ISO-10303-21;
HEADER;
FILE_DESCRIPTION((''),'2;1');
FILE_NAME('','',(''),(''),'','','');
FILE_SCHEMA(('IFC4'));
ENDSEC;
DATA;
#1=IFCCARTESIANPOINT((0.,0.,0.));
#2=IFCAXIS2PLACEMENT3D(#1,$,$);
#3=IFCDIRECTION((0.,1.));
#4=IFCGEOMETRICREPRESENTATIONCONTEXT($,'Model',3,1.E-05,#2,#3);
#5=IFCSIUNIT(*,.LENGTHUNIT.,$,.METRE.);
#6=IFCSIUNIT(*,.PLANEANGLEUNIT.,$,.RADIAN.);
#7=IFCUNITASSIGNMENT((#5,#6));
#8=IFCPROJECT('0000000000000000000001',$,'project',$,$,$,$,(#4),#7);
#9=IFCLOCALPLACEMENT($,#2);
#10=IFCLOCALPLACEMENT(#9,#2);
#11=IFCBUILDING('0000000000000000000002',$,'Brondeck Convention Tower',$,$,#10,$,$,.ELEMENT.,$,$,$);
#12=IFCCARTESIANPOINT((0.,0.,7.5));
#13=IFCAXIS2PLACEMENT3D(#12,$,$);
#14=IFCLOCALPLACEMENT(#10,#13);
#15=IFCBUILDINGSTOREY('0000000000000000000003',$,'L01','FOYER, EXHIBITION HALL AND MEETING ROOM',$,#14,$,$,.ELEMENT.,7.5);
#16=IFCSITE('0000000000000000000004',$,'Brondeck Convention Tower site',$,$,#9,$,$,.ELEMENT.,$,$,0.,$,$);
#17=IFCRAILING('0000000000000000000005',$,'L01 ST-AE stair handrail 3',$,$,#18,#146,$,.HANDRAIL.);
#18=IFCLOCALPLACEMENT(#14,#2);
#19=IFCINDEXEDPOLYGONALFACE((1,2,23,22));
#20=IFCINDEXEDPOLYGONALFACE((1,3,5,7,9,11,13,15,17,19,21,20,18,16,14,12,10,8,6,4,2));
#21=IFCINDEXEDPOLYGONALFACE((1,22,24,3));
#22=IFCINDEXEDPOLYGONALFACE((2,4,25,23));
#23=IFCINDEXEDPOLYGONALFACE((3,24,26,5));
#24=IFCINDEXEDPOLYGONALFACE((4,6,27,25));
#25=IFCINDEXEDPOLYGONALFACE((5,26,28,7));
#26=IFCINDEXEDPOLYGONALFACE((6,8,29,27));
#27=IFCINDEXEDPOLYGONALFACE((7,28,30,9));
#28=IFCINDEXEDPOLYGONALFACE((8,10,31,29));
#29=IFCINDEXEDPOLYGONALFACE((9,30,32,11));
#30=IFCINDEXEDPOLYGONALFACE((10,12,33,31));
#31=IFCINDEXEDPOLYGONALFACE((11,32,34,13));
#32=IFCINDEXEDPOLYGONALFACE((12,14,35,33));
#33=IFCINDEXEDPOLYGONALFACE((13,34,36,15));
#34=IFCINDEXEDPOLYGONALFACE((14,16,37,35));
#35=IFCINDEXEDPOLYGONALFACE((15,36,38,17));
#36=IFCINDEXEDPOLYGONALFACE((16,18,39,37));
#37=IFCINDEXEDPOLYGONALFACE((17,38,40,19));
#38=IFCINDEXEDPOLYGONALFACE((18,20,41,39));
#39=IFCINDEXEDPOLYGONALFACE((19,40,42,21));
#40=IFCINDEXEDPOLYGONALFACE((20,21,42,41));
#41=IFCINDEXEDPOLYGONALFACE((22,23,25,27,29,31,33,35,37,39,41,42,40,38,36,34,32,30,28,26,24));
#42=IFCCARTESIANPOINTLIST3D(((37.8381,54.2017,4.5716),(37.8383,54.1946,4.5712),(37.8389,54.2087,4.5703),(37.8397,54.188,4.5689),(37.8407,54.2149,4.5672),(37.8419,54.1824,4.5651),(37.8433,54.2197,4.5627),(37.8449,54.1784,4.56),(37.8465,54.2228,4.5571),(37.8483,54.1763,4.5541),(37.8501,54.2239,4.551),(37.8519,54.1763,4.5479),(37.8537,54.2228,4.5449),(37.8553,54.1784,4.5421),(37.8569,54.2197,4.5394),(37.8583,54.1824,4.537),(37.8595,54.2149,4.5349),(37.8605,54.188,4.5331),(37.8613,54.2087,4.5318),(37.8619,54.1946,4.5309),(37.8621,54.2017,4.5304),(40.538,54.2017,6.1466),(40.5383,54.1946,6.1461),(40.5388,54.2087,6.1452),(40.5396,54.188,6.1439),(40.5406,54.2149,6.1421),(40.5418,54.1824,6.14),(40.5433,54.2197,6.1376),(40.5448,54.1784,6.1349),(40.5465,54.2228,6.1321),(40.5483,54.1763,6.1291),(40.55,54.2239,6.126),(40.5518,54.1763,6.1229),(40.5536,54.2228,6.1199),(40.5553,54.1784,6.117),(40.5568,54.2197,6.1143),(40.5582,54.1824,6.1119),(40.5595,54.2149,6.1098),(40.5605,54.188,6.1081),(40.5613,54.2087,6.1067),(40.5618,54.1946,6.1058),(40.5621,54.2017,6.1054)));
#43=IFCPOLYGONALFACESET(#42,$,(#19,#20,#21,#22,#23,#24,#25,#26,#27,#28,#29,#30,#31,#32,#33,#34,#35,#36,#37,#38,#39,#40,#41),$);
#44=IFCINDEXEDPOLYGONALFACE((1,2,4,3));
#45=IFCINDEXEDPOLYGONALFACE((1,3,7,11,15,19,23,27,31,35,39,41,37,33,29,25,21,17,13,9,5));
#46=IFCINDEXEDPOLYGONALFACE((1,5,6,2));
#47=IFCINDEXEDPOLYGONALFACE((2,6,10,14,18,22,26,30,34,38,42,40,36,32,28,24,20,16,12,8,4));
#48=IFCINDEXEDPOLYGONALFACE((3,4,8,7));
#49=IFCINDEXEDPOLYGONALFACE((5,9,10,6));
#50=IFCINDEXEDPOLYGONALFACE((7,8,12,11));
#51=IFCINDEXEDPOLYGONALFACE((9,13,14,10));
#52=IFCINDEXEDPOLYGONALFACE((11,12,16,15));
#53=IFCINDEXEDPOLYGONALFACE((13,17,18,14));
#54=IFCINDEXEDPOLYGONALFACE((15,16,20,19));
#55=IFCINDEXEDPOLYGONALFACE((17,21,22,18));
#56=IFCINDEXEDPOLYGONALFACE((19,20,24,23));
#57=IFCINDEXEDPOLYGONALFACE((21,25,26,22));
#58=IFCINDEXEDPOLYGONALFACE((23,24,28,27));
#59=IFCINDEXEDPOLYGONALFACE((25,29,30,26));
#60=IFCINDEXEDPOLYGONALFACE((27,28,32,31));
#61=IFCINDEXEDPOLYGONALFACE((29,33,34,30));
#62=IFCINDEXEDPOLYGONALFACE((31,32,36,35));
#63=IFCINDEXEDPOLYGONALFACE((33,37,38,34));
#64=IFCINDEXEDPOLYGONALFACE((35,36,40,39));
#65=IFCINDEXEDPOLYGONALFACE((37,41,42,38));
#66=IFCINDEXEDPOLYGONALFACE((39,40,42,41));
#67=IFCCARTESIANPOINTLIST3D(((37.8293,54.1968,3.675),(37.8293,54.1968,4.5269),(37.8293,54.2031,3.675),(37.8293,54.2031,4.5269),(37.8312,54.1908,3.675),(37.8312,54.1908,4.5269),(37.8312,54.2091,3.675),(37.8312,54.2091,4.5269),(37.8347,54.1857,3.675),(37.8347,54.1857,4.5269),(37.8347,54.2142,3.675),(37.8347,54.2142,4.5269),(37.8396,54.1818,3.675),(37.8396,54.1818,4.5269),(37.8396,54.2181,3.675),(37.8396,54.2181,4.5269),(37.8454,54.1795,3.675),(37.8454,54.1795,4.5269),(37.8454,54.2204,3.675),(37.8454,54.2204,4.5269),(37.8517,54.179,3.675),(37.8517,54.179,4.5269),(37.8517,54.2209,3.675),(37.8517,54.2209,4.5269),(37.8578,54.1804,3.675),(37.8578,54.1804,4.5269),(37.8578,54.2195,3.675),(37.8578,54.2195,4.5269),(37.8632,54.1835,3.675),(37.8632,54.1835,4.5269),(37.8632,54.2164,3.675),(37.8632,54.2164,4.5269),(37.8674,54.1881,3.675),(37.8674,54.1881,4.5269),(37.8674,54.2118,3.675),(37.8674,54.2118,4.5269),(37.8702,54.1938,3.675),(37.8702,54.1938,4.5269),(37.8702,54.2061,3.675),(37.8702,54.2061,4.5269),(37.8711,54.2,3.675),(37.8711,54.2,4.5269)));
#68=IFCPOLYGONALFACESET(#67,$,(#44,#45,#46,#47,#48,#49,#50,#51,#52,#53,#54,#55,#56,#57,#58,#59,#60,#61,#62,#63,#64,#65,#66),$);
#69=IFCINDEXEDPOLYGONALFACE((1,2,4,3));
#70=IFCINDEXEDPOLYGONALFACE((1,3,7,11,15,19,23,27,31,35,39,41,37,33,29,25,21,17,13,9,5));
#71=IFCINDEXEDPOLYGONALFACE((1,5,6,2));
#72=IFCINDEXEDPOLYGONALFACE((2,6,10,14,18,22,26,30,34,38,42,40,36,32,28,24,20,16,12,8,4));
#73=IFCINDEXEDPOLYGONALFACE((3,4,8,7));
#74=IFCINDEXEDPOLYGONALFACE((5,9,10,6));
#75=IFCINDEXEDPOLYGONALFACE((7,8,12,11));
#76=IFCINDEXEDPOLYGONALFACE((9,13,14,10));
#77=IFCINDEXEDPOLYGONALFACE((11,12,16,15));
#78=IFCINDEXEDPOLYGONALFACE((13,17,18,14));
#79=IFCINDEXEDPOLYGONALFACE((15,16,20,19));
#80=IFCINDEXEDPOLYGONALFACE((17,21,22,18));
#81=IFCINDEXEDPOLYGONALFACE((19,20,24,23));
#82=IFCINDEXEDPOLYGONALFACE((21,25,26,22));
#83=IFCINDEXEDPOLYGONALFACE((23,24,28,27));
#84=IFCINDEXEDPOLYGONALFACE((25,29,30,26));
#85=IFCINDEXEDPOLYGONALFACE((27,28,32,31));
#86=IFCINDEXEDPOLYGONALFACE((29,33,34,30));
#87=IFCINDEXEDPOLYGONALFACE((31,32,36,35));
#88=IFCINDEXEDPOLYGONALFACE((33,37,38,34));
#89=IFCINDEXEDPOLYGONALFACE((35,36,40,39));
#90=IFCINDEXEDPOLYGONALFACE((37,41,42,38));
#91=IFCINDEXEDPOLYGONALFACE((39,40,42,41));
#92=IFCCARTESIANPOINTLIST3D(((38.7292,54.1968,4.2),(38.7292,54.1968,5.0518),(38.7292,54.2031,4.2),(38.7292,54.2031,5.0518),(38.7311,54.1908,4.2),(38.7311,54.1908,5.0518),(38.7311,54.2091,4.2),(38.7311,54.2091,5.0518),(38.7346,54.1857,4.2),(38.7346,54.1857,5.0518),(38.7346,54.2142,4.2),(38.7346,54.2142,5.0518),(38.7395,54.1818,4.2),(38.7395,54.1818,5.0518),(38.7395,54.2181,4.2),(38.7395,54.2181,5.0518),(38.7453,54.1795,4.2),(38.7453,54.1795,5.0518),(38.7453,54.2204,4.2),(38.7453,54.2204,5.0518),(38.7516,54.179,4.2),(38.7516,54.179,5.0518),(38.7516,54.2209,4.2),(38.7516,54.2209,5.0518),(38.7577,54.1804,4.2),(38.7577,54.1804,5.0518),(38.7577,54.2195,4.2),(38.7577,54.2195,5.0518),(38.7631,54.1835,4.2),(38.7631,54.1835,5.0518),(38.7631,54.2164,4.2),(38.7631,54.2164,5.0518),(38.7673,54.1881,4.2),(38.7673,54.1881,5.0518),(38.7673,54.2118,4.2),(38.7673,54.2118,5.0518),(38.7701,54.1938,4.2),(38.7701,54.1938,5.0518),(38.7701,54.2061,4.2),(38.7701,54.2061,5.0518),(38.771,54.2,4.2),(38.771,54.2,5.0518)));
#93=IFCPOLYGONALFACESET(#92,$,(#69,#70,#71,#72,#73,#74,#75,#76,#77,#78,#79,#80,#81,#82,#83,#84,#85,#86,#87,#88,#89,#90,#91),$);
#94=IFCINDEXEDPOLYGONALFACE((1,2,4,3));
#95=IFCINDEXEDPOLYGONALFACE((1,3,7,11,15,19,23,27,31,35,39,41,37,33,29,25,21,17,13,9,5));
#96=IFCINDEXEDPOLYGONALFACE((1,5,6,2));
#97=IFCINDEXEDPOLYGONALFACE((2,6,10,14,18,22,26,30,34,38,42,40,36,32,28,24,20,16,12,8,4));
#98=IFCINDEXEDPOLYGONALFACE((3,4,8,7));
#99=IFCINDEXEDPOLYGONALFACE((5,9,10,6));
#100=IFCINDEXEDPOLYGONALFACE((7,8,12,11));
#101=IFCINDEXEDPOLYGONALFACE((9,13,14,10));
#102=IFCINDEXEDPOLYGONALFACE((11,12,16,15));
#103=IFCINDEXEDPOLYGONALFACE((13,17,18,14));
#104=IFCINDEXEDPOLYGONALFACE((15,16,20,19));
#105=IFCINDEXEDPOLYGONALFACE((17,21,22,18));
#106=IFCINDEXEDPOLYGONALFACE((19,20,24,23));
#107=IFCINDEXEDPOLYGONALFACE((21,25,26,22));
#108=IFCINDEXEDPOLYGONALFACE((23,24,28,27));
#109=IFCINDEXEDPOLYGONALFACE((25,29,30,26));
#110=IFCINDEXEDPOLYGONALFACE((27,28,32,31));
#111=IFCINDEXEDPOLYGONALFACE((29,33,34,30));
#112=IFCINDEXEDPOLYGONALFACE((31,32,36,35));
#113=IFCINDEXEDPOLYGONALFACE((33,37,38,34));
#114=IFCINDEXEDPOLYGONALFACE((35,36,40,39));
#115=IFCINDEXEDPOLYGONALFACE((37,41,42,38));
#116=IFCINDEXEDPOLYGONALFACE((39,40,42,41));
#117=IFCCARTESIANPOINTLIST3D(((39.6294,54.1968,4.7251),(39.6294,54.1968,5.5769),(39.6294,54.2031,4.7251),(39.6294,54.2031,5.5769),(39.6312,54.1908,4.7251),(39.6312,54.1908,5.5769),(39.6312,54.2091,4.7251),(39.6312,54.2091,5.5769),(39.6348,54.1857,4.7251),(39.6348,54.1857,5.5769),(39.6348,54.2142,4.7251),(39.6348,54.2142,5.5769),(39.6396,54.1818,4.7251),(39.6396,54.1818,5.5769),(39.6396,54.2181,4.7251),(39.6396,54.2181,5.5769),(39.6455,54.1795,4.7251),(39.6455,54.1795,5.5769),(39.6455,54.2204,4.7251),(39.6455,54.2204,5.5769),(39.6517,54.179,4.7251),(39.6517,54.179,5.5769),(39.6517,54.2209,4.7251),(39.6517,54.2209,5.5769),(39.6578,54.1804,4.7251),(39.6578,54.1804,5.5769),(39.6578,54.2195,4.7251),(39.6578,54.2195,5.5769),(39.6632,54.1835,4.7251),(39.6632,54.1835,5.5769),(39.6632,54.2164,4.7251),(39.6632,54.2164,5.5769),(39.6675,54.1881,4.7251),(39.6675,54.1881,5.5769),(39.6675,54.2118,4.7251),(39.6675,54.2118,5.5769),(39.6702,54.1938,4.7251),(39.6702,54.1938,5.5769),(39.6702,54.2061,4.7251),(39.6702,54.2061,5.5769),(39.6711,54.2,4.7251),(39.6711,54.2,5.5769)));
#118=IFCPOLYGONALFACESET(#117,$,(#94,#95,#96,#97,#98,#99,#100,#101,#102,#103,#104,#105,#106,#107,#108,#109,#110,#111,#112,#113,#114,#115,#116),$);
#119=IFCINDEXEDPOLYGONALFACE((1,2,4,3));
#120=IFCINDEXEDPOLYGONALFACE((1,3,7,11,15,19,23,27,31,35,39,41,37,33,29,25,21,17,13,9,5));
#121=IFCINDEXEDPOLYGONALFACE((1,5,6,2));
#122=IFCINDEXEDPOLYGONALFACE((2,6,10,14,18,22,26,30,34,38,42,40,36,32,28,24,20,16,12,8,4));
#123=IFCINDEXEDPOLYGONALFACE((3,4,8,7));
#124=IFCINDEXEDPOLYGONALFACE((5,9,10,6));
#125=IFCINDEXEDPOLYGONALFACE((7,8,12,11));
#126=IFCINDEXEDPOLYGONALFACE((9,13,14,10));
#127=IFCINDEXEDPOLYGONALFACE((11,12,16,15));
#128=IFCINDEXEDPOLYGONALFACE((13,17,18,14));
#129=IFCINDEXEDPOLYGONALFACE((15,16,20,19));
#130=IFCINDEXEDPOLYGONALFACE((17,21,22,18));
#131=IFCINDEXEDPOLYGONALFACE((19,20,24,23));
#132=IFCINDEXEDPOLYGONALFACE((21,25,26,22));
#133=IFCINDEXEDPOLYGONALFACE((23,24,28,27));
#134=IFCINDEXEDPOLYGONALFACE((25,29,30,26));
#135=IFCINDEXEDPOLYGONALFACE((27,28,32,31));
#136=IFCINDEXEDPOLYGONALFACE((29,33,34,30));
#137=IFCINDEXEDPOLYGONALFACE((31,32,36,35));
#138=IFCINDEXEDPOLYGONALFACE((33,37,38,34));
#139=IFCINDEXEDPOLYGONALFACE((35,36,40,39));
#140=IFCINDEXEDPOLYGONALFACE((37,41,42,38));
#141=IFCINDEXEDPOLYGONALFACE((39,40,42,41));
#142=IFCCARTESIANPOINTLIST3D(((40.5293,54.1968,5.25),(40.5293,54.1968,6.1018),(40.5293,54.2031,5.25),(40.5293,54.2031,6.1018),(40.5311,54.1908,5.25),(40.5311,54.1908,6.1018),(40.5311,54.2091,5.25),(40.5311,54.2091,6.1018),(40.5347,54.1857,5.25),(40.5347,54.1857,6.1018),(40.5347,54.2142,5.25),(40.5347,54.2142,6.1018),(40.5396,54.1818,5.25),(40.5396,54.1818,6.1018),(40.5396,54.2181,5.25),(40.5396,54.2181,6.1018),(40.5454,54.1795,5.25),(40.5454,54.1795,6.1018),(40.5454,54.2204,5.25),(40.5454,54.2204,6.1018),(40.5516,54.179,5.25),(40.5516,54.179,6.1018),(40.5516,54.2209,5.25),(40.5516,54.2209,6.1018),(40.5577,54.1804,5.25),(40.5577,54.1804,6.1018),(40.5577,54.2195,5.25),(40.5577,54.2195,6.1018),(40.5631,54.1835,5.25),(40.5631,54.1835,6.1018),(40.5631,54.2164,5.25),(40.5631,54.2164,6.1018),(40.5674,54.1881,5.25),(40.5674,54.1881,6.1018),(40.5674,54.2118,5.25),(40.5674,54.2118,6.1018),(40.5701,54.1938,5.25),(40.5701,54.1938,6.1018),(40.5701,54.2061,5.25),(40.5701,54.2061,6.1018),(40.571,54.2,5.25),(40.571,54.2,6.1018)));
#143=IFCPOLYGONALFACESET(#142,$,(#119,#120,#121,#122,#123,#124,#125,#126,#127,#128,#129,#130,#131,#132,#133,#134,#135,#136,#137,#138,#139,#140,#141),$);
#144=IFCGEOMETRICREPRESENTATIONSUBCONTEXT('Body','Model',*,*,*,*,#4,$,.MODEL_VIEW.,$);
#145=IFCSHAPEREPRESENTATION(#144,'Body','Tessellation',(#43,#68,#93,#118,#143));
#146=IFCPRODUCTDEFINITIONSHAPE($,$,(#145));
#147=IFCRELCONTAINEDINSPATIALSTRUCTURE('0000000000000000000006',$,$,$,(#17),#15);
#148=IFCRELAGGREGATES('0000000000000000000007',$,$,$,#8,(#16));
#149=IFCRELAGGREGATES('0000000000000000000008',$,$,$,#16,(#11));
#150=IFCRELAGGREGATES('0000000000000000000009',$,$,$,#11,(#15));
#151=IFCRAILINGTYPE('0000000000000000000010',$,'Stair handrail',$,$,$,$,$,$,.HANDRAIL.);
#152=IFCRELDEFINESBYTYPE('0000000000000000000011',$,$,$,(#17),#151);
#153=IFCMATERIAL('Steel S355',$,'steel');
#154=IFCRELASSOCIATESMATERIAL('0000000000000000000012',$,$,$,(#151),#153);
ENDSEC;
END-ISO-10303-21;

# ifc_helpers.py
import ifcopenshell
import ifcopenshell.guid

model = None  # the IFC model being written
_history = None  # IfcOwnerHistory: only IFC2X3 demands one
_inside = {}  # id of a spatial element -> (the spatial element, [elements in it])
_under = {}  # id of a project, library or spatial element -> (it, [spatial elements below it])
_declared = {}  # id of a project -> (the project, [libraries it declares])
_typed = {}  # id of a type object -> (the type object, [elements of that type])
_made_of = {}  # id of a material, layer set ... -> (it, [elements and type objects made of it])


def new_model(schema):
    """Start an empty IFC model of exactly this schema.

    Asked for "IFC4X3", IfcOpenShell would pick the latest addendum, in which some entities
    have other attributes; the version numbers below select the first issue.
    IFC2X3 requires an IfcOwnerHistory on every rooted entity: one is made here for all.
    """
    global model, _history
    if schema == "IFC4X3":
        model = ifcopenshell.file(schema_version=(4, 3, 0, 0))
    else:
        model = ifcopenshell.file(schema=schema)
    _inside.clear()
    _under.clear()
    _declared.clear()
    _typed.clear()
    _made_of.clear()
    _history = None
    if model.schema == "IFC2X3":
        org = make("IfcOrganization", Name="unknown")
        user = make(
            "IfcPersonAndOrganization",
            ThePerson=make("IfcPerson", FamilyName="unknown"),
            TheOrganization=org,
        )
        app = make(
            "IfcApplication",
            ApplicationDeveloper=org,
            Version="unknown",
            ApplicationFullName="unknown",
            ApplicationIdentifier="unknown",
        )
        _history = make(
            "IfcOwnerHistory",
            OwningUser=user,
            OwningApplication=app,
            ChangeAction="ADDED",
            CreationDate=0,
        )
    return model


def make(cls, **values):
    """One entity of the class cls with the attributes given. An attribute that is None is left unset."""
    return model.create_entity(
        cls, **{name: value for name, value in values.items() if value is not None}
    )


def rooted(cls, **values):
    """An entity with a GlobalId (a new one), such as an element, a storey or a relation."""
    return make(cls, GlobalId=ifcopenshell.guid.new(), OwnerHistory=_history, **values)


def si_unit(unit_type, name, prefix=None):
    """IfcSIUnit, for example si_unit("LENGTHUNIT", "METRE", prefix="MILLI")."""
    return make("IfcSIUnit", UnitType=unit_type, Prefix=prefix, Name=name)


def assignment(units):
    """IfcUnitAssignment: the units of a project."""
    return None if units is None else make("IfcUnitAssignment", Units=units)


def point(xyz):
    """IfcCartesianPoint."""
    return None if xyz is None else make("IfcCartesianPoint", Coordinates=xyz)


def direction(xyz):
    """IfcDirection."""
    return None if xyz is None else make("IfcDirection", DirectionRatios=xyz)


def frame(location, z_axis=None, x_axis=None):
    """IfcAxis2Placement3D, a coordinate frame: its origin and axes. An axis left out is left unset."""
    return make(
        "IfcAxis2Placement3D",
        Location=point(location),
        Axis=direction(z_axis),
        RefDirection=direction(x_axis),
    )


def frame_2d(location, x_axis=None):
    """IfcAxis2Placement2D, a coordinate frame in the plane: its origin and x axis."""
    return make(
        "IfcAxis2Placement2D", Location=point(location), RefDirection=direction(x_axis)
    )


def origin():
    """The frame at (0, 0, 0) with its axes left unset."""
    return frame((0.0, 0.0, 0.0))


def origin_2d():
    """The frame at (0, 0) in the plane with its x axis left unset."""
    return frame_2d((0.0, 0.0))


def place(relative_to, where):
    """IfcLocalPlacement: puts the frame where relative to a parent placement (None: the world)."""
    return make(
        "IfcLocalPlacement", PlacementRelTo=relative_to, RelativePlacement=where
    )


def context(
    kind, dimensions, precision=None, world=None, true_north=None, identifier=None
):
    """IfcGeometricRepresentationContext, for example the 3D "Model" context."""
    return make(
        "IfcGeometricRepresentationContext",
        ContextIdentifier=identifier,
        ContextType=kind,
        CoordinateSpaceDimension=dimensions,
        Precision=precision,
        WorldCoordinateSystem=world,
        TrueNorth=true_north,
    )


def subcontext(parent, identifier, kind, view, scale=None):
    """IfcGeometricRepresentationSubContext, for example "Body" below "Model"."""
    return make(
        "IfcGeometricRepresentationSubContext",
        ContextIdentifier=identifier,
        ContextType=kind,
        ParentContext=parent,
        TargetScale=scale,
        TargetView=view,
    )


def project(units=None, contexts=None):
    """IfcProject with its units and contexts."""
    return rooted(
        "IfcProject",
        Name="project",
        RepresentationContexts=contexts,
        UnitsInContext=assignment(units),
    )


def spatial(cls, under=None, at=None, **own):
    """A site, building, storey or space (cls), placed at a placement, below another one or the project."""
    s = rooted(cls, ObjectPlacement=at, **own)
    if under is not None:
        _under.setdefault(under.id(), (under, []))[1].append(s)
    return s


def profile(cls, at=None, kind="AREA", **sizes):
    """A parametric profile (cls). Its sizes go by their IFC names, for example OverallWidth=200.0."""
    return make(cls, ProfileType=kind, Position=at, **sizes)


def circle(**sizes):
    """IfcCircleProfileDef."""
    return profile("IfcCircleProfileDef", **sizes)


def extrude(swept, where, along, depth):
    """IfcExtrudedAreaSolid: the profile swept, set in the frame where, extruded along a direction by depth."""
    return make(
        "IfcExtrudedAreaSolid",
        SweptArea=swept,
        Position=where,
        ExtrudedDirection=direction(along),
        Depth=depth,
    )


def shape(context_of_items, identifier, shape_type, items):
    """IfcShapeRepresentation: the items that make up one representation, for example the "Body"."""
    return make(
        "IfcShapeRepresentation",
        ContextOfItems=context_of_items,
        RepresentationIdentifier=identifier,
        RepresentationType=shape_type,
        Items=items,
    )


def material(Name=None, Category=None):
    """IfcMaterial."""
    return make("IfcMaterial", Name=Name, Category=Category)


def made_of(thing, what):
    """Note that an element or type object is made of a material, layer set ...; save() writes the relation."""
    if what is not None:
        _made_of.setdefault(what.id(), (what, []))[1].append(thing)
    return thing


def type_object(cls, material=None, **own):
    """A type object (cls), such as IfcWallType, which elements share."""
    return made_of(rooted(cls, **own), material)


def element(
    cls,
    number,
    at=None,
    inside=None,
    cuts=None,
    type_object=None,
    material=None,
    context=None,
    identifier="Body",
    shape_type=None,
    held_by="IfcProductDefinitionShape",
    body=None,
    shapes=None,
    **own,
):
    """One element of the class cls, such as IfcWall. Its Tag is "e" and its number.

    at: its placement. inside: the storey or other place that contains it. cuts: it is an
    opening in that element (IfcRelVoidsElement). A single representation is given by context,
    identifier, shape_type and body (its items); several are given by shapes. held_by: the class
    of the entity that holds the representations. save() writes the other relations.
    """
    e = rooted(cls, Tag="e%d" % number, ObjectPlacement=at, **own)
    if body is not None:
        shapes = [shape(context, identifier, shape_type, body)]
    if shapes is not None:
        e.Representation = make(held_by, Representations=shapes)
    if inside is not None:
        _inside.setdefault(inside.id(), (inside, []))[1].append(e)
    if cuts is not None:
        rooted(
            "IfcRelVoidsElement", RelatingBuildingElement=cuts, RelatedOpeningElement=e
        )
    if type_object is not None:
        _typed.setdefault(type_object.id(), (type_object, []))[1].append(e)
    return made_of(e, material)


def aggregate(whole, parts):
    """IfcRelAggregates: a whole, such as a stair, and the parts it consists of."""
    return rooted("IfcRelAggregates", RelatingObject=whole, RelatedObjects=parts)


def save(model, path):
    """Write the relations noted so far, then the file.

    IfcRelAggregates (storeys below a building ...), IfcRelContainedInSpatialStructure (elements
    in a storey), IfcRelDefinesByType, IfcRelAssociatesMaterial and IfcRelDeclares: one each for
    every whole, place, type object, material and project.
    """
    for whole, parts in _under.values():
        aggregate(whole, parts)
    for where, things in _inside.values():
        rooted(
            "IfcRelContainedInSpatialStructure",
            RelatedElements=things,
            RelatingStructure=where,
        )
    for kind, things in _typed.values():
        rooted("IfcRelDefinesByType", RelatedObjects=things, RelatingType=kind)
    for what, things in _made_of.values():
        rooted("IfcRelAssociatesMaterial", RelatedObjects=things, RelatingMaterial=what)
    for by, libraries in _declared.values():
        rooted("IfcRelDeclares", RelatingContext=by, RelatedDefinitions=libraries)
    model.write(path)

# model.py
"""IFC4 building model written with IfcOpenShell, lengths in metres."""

from ifc_helpers import new_model, si_unit, direction, frame, origin, origin_2d, place, context, subcontext, project, spatial, circle, extrude, material, type_object, element, save


model = new_model("IFC4")

# Units and contexts
model_context = context("Model", 3, precision=1e-05, world=origin(), true_north=direction((0.0, 1.0)))
body_context = subcontext(model_context, "Body", "Model", "MODEL_VIEW")
ifc_project = project(units=[si_unit("LENGTHUNIT", "METRE"), si_unit("PLANEANGLEUNIT", "RADIAN")], contexts=[model_context])

# Site, building, storey
site_placement = place(None, origin())
site = spatial("IfcSite", under=ifc_project, at=site_placement, Name="Brondeck Convention Tower site", CompositionType="ELEMENT", RefElevation=0.0)
building_placement = place(site_placement, origin())
building = spatial("IfcBuilding", under=site, at=building_placement, Name="Brondeck Convention Tower", CompositionType="ELEMENT")
storey_placement = place(building_placement, frame((0.0, 0.0, 7.5)))
storey = spatial("IfcBuildingStorey", under=building, at=storey_placement, Name="L01", Description="FOYER, EXHIBITION HALL AND MEETING ROOM", CompositionType="ELEMENT", Elevation=7.5)

# Shared definitions
ifc_material_1 = material(Name="Steel S355", Category="steel")

# Railing
railing_type_1 = type_object("IfcRailingType", Name="Stair handrail", PredefinedType="HANDRAIL", material=ifc_material_1)
railing_1_placement = place(storey_placement, frame((37.8501, 54.2, 3.675)))
element("IfcRailing", 1, at=railing_1_placement, inside=storey, type_object=railing_type_1, Name="L01 ST-AE stair handrail 3", PredefinedType="HANDRAIL", context=body_context, shape_type="SweptSolid", body=[
    extrude(circle(Radius=0.0239, at=origin_2d()), frame((0.0, 0.0, 0.876), z_axis=(0.863782, 0.0, 0.503866), x_axis=(0.0, 1.0, 0.0)), (0.0, 0.0, 1.0), 3.1257),
    extrude(circle(Radius=0.021, at=origin_2d()), origin(), (0.0, 0.0, 1.0), 0.8518),
    extrude(circle(Radius=0.021, at=origin_2d()), frame((0.8999, 0.0, 0.5249)), (0.0, 0.0, 1.0), 0.8518),
    extrude(circle(Radius=0.021, at=origin_2d()), frame((1.8, 0.0, 1.05)), (0.0, 0.0, 1.0), 0.8518),
    extrude(circle(Radius=0.021, at=origin_2d()), frame((2.7, 0.0, 1.575)), (0.0, 0.0, 1.0), 0.8518),
])

save(model, "model.ifc")
